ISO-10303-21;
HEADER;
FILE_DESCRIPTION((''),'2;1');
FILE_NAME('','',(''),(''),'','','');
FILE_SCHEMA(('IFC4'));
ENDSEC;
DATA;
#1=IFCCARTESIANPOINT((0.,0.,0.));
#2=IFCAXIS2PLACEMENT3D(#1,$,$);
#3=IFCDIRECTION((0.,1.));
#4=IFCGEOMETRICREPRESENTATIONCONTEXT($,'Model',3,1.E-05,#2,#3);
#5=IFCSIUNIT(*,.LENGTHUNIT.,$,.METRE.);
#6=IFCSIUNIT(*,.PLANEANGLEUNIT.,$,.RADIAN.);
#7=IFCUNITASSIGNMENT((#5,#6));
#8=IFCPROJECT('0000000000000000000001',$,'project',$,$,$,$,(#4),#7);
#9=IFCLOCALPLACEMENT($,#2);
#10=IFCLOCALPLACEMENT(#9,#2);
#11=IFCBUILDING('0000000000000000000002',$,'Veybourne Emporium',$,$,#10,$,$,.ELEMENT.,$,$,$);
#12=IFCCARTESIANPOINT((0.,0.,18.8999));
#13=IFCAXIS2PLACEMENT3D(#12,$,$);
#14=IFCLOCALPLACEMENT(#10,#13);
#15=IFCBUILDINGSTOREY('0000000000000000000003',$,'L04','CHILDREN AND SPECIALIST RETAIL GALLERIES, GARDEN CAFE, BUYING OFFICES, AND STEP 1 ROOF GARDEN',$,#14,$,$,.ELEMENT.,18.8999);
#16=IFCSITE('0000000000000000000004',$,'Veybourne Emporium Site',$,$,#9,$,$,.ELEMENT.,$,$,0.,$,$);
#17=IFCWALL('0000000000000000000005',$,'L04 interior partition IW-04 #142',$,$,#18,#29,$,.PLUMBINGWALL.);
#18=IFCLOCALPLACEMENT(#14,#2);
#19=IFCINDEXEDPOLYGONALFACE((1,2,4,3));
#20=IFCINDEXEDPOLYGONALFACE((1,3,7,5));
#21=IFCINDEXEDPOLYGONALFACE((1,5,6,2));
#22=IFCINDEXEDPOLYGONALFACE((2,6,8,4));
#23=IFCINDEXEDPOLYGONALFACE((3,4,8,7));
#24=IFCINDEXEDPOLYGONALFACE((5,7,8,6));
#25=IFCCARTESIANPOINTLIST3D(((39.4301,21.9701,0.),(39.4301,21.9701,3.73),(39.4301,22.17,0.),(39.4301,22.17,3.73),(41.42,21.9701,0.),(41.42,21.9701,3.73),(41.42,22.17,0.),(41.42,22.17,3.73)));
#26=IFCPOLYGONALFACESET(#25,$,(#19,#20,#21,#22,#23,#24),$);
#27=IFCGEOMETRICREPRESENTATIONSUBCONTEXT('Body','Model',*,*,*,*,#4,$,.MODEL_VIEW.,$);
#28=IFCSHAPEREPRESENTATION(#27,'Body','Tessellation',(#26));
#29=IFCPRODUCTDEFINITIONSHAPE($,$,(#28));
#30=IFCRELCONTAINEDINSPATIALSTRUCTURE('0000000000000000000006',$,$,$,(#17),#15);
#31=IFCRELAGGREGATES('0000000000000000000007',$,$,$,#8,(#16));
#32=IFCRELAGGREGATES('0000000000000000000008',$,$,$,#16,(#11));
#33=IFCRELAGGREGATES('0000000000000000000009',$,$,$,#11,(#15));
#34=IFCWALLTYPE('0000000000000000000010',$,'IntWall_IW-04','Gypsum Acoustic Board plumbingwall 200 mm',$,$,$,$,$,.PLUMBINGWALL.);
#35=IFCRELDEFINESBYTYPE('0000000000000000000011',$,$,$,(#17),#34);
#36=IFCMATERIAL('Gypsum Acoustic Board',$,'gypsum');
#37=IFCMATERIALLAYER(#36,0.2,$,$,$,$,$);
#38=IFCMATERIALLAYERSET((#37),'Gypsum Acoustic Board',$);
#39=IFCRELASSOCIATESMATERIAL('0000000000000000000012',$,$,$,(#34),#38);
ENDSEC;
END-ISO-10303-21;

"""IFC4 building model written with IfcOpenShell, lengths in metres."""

from ifc_helpers import new_model, si_unit, direction, frame, frame_2d, origin, place, context, subcontext, project, spatial, rectangle, extrude, material, layer, layer_set, type_object, element, save


model = new_model("IFC4")

# Units and contexts
model_context = context("Model", 3, precision=1e-05, world=origin(), true_north=direction((0.0, 1.0)))
body_context = subcontext(model_context, "Body", "Model", "MODEL_VIEW")
ifc_project = project(units=[si_unit("LENGTHUNIT", "METRE"), si_unit("PLANEANGLEUNIT", "RADIAN")], contexts=[model_context])

# Site, building, storey
site_placement = place(None, origin())
site = spatial("IfcSite", under=ifc_project, at=site_placement, Name="Veybourne Emporium Site", CompositionType="ELEMENT", RefElevation=0.0)
building_placement = place(site_placement, origin())
building = spatial("IfcBuilding", under=site, at=building_placement, Name="Veybourne Emporium", CompositionType="ELEMENT")
storey_placement = place(building_placement, frame((0.0, 0.0, 18.8999)))
storey = spatial("IfcBuildingStorey", under=building, at=storey_placement, Name="L04", Description="CHILDREN AND SPECIALIST RETAIL GALLERIES, GARDEN CAFE, BUYING OFFICES, AND STEP 1 ROOF GARDEN", CompositionType="ELEMENT", Elevation=18.8999)

# Shared definitions
ifc_material_1 = material(Name="Gypsum Acoustic Board", Category="gypsum")

# Wall
ifc_layer_1 = layer(ifc_material_1, 0.2)
ifc_layer_set_1 = layer_set([ifc_layer_1], Name="Gypsum Acoustic Board")
wall_type_1 = type_object("IfcWallType", Name="IntWall_IW-04", Description="Gypsum Acoustic Board plumbingwall 200 mm", PredefinedType="PLUMBINGWALL", material=ifc_layer_set_1)
wall_1_placement = place(storey_placement, frame((39.4299, 22.0701, 0.0), z_axis=(0.0, 0.0, 1.0), x_axis=(1.0, 0.0, 0.0)))
element("IfcWall", 1, at=wall_1_placement, inside=storey, type_object=wall_type_1, Name="L04 interior partition IW-04 #142", PredefinedType="PLUMBINGWALL", context=body_context, shape_type="SweptSolid", body=[
    extrude(rectangle(XDim=1.99, YDim=0.2, at=frame_2d((0.9951, 0.0))), origin(), (0.0, 0.0, 1.0), 3.73),
])

save(model, "model.ifc")
